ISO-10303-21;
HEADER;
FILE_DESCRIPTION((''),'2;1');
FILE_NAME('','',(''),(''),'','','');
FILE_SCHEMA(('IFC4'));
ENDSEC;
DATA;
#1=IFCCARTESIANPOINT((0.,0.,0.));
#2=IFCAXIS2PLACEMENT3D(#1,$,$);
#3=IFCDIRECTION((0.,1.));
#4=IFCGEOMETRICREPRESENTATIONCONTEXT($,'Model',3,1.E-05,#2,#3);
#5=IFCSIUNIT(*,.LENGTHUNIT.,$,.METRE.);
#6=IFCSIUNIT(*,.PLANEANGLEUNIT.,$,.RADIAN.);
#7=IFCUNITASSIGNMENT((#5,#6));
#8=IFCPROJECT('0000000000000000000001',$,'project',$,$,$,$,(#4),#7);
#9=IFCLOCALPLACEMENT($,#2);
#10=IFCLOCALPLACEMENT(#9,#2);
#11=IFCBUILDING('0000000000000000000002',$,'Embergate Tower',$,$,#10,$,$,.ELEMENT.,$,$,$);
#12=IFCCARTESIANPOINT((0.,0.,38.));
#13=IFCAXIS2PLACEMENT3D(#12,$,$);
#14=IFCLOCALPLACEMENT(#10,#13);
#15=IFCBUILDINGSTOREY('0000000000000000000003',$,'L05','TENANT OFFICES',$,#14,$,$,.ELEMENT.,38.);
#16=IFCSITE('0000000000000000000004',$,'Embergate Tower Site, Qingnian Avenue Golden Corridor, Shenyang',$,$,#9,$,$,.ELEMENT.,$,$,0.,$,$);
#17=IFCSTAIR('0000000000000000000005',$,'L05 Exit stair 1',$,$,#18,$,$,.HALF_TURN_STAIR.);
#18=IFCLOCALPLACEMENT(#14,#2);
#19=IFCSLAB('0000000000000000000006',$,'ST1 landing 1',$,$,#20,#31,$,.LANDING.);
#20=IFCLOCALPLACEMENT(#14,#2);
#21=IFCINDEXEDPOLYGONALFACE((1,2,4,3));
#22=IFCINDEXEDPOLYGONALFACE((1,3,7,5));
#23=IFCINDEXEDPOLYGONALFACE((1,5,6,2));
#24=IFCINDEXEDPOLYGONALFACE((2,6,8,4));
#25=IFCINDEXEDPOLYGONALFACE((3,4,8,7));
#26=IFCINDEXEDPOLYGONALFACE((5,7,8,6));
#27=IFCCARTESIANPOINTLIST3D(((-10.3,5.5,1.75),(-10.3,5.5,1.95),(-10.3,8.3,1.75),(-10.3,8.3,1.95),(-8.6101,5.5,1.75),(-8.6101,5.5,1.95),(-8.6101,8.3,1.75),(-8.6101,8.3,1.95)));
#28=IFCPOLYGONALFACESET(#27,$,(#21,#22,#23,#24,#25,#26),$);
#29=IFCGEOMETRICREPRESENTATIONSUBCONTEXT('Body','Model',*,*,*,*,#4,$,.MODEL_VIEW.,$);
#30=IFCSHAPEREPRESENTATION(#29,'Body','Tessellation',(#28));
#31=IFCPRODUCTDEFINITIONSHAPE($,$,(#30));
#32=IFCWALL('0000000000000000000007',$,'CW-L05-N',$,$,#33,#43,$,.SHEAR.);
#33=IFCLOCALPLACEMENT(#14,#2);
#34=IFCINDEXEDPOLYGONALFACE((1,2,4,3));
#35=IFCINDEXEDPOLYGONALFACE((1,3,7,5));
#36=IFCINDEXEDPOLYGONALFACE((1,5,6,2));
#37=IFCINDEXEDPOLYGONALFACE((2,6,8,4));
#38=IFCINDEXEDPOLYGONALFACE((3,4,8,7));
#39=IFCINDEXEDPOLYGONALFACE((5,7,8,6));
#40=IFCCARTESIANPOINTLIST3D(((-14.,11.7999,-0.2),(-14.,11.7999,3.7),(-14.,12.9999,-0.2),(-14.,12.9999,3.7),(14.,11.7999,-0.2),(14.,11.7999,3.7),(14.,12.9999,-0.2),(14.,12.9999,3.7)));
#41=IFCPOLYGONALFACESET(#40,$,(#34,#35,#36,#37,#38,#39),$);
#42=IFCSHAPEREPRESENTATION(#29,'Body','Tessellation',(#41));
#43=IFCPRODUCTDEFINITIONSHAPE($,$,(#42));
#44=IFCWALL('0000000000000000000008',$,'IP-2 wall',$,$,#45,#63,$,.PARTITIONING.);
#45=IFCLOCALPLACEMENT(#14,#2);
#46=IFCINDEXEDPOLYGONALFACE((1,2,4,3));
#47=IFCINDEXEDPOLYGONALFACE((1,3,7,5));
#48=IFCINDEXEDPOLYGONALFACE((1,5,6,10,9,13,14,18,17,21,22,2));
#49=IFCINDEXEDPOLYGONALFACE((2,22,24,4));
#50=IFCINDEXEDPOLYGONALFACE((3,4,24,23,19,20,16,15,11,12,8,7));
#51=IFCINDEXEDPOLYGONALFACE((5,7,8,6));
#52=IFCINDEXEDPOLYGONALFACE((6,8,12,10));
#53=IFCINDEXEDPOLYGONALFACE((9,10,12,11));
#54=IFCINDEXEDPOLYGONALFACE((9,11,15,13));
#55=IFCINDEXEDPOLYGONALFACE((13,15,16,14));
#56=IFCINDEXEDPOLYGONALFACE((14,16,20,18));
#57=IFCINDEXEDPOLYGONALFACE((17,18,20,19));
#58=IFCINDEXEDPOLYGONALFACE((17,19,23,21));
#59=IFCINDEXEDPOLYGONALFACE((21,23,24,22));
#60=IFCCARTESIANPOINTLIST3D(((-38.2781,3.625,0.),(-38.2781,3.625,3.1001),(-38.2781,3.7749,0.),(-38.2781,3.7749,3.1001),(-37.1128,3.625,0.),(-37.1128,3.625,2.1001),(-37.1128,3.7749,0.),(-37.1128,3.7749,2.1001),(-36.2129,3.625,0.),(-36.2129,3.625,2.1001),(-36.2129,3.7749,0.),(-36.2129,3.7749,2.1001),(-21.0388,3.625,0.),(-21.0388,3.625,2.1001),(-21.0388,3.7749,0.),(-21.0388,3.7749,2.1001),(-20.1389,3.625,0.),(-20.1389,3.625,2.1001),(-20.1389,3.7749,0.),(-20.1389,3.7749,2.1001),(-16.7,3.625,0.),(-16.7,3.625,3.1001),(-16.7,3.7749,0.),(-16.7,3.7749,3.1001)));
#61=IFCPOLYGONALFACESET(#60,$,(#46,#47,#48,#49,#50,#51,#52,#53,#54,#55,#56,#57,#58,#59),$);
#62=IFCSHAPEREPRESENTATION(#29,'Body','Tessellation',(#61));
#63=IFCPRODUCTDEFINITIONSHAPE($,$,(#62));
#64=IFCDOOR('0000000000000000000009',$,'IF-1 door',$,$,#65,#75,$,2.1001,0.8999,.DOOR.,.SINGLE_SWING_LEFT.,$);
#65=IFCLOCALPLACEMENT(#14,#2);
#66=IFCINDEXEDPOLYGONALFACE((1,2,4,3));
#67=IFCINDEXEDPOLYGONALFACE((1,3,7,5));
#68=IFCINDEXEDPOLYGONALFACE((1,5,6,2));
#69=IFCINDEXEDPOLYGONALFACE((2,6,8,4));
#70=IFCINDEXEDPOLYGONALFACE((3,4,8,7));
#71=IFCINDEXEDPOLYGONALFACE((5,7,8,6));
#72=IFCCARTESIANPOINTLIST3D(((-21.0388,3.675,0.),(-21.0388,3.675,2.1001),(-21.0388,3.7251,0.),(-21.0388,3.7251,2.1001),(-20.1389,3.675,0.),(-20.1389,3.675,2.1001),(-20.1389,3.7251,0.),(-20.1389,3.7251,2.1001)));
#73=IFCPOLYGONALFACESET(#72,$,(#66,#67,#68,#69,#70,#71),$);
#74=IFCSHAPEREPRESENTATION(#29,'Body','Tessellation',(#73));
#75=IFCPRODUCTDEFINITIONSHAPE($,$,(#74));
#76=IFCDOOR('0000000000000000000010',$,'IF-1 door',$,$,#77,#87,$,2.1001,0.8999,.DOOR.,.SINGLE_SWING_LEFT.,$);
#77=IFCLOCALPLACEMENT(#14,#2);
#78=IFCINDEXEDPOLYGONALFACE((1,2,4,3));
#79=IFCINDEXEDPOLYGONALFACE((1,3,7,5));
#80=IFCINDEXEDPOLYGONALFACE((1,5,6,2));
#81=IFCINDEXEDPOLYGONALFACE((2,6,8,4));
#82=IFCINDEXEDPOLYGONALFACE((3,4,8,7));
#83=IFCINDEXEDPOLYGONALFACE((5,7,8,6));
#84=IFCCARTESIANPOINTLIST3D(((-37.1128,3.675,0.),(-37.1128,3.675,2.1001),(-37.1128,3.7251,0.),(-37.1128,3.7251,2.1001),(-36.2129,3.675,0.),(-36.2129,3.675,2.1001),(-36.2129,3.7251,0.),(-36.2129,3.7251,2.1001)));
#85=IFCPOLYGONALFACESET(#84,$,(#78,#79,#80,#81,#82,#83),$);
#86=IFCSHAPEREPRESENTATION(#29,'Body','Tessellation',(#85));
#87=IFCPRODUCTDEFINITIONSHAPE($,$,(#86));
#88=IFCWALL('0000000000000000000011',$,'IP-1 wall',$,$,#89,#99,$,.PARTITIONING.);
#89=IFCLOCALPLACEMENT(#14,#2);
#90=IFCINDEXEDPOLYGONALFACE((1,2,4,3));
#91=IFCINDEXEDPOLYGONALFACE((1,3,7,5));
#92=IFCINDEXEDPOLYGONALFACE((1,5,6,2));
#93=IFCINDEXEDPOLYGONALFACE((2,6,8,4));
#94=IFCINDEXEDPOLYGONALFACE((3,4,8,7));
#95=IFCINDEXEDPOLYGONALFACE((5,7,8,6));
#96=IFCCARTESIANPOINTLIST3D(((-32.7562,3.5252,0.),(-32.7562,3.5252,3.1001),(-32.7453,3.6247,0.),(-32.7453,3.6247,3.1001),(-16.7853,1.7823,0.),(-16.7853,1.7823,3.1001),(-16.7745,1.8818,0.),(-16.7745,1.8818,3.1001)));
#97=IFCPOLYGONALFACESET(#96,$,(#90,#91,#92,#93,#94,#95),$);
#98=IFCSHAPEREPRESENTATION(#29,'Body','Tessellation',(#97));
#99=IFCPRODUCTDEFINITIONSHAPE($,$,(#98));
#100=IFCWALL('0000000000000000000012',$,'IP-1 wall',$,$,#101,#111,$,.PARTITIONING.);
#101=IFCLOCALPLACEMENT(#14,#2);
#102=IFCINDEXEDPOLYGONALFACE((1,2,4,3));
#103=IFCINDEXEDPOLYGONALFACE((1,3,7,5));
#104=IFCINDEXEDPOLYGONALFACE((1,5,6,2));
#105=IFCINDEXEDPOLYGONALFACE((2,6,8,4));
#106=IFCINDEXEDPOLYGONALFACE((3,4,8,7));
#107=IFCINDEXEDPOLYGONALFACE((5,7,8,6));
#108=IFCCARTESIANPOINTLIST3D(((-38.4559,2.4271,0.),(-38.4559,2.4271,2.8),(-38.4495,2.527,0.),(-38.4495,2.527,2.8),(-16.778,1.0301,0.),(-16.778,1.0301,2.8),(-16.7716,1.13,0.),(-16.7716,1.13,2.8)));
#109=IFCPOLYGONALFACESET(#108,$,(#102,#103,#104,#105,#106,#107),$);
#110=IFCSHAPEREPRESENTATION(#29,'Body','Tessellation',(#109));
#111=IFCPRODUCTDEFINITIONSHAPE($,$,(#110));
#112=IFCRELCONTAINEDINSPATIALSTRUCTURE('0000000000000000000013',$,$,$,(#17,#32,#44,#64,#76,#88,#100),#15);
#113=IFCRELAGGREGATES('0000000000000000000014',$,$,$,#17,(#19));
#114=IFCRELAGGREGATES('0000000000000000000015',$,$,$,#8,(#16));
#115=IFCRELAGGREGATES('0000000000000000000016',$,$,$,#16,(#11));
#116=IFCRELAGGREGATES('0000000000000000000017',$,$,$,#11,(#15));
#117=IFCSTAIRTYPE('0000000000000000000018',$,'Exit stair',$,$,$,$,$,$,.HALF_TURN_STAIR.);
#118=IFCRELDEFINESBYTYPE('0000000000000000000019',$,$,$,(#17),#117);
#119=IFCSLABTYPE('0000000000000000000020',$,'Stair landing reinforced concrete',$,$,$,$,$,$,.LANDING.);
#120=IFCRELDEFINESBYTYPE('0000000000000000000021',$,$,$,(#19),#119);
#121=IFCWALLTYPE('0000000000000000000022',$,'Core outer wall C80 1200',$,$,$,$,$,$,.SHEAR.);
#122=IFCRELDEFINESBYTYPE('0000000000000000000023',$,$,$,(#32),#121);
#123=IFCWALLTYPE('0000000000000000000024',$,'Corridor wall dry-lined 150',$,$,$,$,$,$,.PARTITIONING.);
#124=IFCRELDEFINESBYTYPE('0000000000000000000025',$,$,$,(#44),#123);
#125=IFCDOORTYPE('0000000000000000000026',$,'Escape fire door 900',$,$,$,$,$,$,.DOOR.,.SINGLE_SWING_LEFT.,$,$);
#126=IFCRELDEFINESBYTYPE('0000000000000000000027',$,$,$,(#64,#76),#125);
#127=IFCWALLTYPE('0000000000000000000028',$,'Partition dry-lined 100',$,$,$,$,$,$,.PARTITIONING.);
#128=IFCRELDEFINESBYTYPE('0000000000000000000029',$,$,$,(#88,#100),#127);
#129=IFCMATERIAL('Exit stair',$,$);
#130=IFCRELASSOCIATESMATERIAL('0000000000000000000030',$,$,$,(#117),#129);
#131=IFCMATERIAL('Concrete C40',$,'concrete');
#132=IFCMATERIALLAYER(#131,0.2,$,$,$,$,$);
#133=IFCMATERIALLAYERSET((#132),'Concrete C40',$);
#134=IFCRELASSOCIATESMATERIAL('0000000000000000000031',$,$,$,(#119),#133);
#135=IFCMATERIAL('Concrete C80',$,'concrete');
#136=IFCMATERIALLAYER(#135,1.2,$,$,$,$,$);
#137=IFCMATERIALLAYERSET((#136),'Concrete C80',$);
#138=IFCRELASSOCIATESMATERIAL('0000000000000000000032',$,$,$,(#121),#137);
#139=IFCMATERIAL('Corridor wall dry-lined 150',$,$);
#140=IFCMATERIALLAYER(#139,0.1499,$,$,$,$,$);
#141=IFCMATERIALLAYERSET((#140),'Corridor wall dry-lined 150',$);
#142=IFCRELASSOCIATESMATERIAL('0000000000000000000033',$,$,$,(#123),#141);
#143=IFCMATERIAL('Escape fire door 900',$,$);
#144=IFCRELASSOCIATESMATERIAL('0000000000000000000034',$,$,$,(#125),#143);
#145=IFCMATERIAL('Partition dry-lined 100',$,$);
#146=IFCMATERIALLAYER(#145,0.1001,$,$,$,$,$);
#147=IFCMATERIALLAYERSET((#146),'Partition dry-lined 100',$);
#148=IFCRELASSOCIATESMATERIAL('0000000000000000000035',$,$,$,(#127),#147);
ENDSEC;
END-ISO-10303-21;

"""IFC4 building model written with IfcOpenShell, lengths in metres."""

from ifc_helpers import new_model, si_unit, direction, frame, frame_2d, origin, place, context, subcontext, project, spatial, polyline, rectangle, outline, extrude, source, transform, mapped, material, layer, layer_set, type_object, element, fill, aggregate, save


model = new_model("IFC4")

# Units and contexts
model_context = context("Model", 3, precision=1e-05, world=origin(), true_north=direction((0.0, 1.0)))
body_context = subcontext(model_context, "Body", "Model", "MODEL_VIEW")
ifc_project = project(units=[si_unit("LENGTHUNIT", "METRE"), si_unit("PLANEANGLEUNIT", "RADIAN")], contexts=[model_context])

# Site, building, storey
site_placement = place(None, origin())
site = spatial("IfcSite", under=ifc_project, at=site_placement, Name="Embergate Tower Site, Qingnian Avenue Golden Corridor, Shenyang", CompositionType="ELEMENT", RefElevation=0.0)
building_placement = place(site_placement, origin())
building = spatial("IfcBuilding", under=site, at=building_placement, Name="Embergate Tower", CompositionType="ELEMENT")
storey_placement = place(building_placement, frame((0.0, 0.0, 38.0)))
storey = spatial("IfcBuildingStorey", under=building, at=storey_placement, Name="L05", Description="TENANT OFFICES", CompositionType="ELEMENT", Elevation=38.0)

# Stair, slab
ifc_material_1 = material(Name="Exit stair")
stair_type = type_object("IfcStairType", Name="Exit stair", PredefinedType="HALF_TURN_STAIR", material=ifc_material_1)
stair_placement = place(storey_placement, origin())
stair = element("IfcStair", 1, at=stair_placement, inside=storey, type_object=stair_type, Name="L05 Exit stair 1", PredefinedType="HALF_TURN_STAIR")
ifc_material_2 = material(Name="Concrete C40", Category="concrete")
ifc_layer_1 = layer(ifc_material_2, 0.2)
ifc_layer_set_1 = layer_set([ifc_layer_1], Name="Concrete C40")
slab_type = type_object("IfcSlabType", Name="Stair landing reinforced concrete", PredefinedType="LANDING", material=ifc_layer_set_1)
shared_shape_1 = source(origin(), body_context, "Body", "SweptSolid", [
    extrude(outline(polyline([(0.0, 0.0), (1.6899, 0.0), (1.6899, 2.8), (0.0, 2.8), (0.0, 0.0)])), origin(), (0.0, 0.0, 1.0), 0.2),
])
slab_placement = place(storey_placement, frame((-10.3, 5.5, 1.75)))
slab = element("IfcSlab", 2, at=slab_placement, type_object=slab_type, Name="ST1 landing 1", PredefinedType="LANDING", context=body_context, shape_type="MappedRepresentation", body=[
    mapped(shared_shape_1, transform((0.0, 0.0, 0.0))),
])

# Wall
ifc_material_3 = material(Name="Concrete C80", Category="concrete")
ifc_layer_2 = layer(ifc_material_3, 1.2)
ifc_layer_set_2 = layer_set([ifc_layer_2], Name="Concrete C80")
wall_type_1 = type_object("IfcWallType", Name="Core outer wall C80 1200", PredefinedType="SHEAR", material=ifc_layer_set_2)
shared_shape_2 = source(origin(), body_context, "Body", "SweptSolid", [
    extrude(rectangle(XDim=28.0, YDim=1.2, at=frame_2d((14.0, 0.0))), origin(), (0.0, 0.0, 1.0), 3.8999),
])
wall_1_placement = place(storey_placement, frame((-14.0, 12.3999, -0.2), z_axis=(0.0, 0.0, 1.0), x_axis=(1.0, 0.0, 0.0)))
element("IfcWall", 3, at=wall_1_placement, inside=storey, type_object=wall_type_1, Name="CW-L05-N", PredefinedType="SHEAR", context=body_context, shape_type="MappedRepresentation", body=[
    mapped(shared_shape_2, transform((0.0, 0.0, 0.0))),
])

# Wall, openings, doors
ifc_material_4 = material(Name="Corridor wall dry-lined 150")
ifc_layer_3 = layer(ifc_material_4, 0.1499)
ifc_layer_set_3 = layer_set([ifc_layer_3], Name="Corridor wall dry-lined 150")
wall_type_2 = type_object("IfcWallType", Name="Corridor wall dry-lined 150", PredefinedType="PARTITIONING", material=ifc_layer_set_3)
shared_shape_3 = source(origin(), body_context, "Body", "SweptSolid", [
    extrude(rectangle(XDim=21.5781, YDim=0.1499, at=frame_2d((10.7891, 0.0))), origin(), (0.0, 0.0, 1.0), 3.1001),
])
wall_2_placement = place(storey_placement, frame((-16.7, 3.7, 0.0), z_axis=(0.0, 0.0, 1.0), x_axis=(-1.0, 0.0, 0.0)))
wall_2 = element("IfcWall", 4, at=wall_2_placement, inside=storey, type_object=wall_type_2, Name="IP-2 wall", PredefinedType="PARTITIONING", context=body_context, shape_type="MappedRepresentation", body=[
    mapped(shared_shape_3, transform((0.0, 0.0, 0.0))),
])
shared_shape_4 = source(origin(), body_context, "Body", "SweptSolid", [
    extrude(rectangle(XDim=0.8999, YDim=2.1001, at=frame_2d((0.45, 1.05))), frame((0.0, 0.085, 0.0), z_axis=(0.0, -1.0, 0.0), x_axis=(1.0, 0.0, 0.0)), (0.0, 0.0, 1.0), 0.1699),
])
opening_1_placement = place(wall_2_placement, frame((3.439, 0.0, 0.0)))
opening_1 = element("IfcOpeningElement", 5, at=opening_1_placement, cuts=wall_2, PredefinedType="OPENING", context=body_context, shape_type="MappedRepresentation", body=[
    mapped(shared_shape_4, transform((0.0, 0.0, 0.0))),
])
opening_2_placement = place(wall_2_placement, frame((19.5129, 0.0, 0.0)))
opening_2 = element("IfcOpeningElement", 6, at=opening_2_placement, cuts=wall_2, PredefinedType="OPENING", context=body_context, shape_type="MappedRepresentation", body=[
    mapped(shared_shape_4, transform((0.0, 0.0, 0.0))),
])
ifc_material_5 = material(Name="Escape fire door 900")
door_type_1 = type_object("IfcDoorType", Name="Escape fire door 900", OperationType="SINGLE_SWING_LEFT", PredefinedType="DOOR", material=ifc_material_5)
shared_shape_5 = source(origin(), body_context, "Body", "SweptSolid", [
    extrude(rectangle(XDim=0.8999, YDim=2.1001, at=frame_2d((0.45, 1.05))), frame((0.0, 0.0249, 0.0), z_axis=(0.0, -1.0, 0.0), x_axis=(1.0, 0.0, 0.0)), (0.0, 0.0, 1.0), 0.05),
])
door_1_placement = place(opening_1_placement, origin())
door_1 = element("IfcDoor", 7, at=door_1_placement, inside=storey, type_object=door_type_1, Name="IF-1 door", OperationType="SINGLE_SWING_LEFT", OverallHeight=2.1001, OverallWidth=0.8999, PredefinedType="DOOR", context=body_context, shape_type="MappedRepresentation", body=[
    mapped(shared_shape_5, transform((0.0, 0.0, 0.0))),
])
fill(opening_1, door_1)
door_2_placement = place(opening_2_placement, origin())
door_2 = element("IfcDoor", 8, at=door_2_placement, inside=storey, type_object=door_type_1, Name="IF-1 door", OperationType="SINGLE_SWING_LEFT", OverallHeight=2.1001, OverallWidth=0.8999, PredefinedType="DOOR", context=body_context, shape_type="MappedRepresentation", body=[
    mapped(shared_shape_5, transform((0.0, 0.0, 0.0))),
])
fill(opening_2, door_2)

# Walls
ifc_material_6 = material(Name="Partition dry-lined 100")
ifc_layer_4 = layer(ifc_material_6, 0.1001)
ifc_layer_set_4 = layer_set([ifc_layer_4], Name="Partition dry-lined 100")
wall_type_3 = type_object("IfcWallType", Name="Partition dry-lined 100", PredefinedType="PARTITIONING", material=ifc_layer_set_4)
shared_shape_6 = source(origin(), body_context, "Body", "SweptSolid", [
    extrude(rectangle(XDim=16.0657, YDim=0.1001, at=frame_2d((8.0327, 0.0))), origin(), (0.0, 0.0, 1.0), 3.1001),
])
wall_3_placement = place(storey_placement, frame((-16.78, 1.832, 0.0), z_axis=(0.0, 0.0, 1.0), x_axis=(-0.994098, 0.108487, 0.0)))
element("IfcWall", 9, at=wall_3_placement, inside=storey, type_object=wall_type_3, Name="IP-1 wall", PredefinedType="PARTITIONING", context=body_context, shape_type="MappedRepresentation", body=[
    mapped(shared_shape_6, transform((0.0, 0.0, 0.0))),
])
shared_shape_7 = source(origin(), body_context, "Body", "SweptSolid", [
    extrude(rectangle(XDim=21.7229, YDim=0.1001, at=frame_2d((10.8613, 0.0))), origin(), (0.0, 0.0, 1.0), 2.8),
])
wall_4_placement = place(storey_placement, frame((-16.7749, 1.0801, 0.0), z_axis=(0.0, 0.0, 1.0), x_axis=(-0.99793, 0.064309, 0.0)))
element("IfcWall", 10, at=wall_4_placement, inside=storey, type_object=wall_type_3, Name="IP-1 wall", PredefinedType="PARTITIONING", context=body_context, shape_type="MappedRepresentation", body=[
    mapped(shared_shape_7, transform((0.0, 0.0, 0.0))),
])

aggregate(stair, [slab])

save(model, "model.ifc")
